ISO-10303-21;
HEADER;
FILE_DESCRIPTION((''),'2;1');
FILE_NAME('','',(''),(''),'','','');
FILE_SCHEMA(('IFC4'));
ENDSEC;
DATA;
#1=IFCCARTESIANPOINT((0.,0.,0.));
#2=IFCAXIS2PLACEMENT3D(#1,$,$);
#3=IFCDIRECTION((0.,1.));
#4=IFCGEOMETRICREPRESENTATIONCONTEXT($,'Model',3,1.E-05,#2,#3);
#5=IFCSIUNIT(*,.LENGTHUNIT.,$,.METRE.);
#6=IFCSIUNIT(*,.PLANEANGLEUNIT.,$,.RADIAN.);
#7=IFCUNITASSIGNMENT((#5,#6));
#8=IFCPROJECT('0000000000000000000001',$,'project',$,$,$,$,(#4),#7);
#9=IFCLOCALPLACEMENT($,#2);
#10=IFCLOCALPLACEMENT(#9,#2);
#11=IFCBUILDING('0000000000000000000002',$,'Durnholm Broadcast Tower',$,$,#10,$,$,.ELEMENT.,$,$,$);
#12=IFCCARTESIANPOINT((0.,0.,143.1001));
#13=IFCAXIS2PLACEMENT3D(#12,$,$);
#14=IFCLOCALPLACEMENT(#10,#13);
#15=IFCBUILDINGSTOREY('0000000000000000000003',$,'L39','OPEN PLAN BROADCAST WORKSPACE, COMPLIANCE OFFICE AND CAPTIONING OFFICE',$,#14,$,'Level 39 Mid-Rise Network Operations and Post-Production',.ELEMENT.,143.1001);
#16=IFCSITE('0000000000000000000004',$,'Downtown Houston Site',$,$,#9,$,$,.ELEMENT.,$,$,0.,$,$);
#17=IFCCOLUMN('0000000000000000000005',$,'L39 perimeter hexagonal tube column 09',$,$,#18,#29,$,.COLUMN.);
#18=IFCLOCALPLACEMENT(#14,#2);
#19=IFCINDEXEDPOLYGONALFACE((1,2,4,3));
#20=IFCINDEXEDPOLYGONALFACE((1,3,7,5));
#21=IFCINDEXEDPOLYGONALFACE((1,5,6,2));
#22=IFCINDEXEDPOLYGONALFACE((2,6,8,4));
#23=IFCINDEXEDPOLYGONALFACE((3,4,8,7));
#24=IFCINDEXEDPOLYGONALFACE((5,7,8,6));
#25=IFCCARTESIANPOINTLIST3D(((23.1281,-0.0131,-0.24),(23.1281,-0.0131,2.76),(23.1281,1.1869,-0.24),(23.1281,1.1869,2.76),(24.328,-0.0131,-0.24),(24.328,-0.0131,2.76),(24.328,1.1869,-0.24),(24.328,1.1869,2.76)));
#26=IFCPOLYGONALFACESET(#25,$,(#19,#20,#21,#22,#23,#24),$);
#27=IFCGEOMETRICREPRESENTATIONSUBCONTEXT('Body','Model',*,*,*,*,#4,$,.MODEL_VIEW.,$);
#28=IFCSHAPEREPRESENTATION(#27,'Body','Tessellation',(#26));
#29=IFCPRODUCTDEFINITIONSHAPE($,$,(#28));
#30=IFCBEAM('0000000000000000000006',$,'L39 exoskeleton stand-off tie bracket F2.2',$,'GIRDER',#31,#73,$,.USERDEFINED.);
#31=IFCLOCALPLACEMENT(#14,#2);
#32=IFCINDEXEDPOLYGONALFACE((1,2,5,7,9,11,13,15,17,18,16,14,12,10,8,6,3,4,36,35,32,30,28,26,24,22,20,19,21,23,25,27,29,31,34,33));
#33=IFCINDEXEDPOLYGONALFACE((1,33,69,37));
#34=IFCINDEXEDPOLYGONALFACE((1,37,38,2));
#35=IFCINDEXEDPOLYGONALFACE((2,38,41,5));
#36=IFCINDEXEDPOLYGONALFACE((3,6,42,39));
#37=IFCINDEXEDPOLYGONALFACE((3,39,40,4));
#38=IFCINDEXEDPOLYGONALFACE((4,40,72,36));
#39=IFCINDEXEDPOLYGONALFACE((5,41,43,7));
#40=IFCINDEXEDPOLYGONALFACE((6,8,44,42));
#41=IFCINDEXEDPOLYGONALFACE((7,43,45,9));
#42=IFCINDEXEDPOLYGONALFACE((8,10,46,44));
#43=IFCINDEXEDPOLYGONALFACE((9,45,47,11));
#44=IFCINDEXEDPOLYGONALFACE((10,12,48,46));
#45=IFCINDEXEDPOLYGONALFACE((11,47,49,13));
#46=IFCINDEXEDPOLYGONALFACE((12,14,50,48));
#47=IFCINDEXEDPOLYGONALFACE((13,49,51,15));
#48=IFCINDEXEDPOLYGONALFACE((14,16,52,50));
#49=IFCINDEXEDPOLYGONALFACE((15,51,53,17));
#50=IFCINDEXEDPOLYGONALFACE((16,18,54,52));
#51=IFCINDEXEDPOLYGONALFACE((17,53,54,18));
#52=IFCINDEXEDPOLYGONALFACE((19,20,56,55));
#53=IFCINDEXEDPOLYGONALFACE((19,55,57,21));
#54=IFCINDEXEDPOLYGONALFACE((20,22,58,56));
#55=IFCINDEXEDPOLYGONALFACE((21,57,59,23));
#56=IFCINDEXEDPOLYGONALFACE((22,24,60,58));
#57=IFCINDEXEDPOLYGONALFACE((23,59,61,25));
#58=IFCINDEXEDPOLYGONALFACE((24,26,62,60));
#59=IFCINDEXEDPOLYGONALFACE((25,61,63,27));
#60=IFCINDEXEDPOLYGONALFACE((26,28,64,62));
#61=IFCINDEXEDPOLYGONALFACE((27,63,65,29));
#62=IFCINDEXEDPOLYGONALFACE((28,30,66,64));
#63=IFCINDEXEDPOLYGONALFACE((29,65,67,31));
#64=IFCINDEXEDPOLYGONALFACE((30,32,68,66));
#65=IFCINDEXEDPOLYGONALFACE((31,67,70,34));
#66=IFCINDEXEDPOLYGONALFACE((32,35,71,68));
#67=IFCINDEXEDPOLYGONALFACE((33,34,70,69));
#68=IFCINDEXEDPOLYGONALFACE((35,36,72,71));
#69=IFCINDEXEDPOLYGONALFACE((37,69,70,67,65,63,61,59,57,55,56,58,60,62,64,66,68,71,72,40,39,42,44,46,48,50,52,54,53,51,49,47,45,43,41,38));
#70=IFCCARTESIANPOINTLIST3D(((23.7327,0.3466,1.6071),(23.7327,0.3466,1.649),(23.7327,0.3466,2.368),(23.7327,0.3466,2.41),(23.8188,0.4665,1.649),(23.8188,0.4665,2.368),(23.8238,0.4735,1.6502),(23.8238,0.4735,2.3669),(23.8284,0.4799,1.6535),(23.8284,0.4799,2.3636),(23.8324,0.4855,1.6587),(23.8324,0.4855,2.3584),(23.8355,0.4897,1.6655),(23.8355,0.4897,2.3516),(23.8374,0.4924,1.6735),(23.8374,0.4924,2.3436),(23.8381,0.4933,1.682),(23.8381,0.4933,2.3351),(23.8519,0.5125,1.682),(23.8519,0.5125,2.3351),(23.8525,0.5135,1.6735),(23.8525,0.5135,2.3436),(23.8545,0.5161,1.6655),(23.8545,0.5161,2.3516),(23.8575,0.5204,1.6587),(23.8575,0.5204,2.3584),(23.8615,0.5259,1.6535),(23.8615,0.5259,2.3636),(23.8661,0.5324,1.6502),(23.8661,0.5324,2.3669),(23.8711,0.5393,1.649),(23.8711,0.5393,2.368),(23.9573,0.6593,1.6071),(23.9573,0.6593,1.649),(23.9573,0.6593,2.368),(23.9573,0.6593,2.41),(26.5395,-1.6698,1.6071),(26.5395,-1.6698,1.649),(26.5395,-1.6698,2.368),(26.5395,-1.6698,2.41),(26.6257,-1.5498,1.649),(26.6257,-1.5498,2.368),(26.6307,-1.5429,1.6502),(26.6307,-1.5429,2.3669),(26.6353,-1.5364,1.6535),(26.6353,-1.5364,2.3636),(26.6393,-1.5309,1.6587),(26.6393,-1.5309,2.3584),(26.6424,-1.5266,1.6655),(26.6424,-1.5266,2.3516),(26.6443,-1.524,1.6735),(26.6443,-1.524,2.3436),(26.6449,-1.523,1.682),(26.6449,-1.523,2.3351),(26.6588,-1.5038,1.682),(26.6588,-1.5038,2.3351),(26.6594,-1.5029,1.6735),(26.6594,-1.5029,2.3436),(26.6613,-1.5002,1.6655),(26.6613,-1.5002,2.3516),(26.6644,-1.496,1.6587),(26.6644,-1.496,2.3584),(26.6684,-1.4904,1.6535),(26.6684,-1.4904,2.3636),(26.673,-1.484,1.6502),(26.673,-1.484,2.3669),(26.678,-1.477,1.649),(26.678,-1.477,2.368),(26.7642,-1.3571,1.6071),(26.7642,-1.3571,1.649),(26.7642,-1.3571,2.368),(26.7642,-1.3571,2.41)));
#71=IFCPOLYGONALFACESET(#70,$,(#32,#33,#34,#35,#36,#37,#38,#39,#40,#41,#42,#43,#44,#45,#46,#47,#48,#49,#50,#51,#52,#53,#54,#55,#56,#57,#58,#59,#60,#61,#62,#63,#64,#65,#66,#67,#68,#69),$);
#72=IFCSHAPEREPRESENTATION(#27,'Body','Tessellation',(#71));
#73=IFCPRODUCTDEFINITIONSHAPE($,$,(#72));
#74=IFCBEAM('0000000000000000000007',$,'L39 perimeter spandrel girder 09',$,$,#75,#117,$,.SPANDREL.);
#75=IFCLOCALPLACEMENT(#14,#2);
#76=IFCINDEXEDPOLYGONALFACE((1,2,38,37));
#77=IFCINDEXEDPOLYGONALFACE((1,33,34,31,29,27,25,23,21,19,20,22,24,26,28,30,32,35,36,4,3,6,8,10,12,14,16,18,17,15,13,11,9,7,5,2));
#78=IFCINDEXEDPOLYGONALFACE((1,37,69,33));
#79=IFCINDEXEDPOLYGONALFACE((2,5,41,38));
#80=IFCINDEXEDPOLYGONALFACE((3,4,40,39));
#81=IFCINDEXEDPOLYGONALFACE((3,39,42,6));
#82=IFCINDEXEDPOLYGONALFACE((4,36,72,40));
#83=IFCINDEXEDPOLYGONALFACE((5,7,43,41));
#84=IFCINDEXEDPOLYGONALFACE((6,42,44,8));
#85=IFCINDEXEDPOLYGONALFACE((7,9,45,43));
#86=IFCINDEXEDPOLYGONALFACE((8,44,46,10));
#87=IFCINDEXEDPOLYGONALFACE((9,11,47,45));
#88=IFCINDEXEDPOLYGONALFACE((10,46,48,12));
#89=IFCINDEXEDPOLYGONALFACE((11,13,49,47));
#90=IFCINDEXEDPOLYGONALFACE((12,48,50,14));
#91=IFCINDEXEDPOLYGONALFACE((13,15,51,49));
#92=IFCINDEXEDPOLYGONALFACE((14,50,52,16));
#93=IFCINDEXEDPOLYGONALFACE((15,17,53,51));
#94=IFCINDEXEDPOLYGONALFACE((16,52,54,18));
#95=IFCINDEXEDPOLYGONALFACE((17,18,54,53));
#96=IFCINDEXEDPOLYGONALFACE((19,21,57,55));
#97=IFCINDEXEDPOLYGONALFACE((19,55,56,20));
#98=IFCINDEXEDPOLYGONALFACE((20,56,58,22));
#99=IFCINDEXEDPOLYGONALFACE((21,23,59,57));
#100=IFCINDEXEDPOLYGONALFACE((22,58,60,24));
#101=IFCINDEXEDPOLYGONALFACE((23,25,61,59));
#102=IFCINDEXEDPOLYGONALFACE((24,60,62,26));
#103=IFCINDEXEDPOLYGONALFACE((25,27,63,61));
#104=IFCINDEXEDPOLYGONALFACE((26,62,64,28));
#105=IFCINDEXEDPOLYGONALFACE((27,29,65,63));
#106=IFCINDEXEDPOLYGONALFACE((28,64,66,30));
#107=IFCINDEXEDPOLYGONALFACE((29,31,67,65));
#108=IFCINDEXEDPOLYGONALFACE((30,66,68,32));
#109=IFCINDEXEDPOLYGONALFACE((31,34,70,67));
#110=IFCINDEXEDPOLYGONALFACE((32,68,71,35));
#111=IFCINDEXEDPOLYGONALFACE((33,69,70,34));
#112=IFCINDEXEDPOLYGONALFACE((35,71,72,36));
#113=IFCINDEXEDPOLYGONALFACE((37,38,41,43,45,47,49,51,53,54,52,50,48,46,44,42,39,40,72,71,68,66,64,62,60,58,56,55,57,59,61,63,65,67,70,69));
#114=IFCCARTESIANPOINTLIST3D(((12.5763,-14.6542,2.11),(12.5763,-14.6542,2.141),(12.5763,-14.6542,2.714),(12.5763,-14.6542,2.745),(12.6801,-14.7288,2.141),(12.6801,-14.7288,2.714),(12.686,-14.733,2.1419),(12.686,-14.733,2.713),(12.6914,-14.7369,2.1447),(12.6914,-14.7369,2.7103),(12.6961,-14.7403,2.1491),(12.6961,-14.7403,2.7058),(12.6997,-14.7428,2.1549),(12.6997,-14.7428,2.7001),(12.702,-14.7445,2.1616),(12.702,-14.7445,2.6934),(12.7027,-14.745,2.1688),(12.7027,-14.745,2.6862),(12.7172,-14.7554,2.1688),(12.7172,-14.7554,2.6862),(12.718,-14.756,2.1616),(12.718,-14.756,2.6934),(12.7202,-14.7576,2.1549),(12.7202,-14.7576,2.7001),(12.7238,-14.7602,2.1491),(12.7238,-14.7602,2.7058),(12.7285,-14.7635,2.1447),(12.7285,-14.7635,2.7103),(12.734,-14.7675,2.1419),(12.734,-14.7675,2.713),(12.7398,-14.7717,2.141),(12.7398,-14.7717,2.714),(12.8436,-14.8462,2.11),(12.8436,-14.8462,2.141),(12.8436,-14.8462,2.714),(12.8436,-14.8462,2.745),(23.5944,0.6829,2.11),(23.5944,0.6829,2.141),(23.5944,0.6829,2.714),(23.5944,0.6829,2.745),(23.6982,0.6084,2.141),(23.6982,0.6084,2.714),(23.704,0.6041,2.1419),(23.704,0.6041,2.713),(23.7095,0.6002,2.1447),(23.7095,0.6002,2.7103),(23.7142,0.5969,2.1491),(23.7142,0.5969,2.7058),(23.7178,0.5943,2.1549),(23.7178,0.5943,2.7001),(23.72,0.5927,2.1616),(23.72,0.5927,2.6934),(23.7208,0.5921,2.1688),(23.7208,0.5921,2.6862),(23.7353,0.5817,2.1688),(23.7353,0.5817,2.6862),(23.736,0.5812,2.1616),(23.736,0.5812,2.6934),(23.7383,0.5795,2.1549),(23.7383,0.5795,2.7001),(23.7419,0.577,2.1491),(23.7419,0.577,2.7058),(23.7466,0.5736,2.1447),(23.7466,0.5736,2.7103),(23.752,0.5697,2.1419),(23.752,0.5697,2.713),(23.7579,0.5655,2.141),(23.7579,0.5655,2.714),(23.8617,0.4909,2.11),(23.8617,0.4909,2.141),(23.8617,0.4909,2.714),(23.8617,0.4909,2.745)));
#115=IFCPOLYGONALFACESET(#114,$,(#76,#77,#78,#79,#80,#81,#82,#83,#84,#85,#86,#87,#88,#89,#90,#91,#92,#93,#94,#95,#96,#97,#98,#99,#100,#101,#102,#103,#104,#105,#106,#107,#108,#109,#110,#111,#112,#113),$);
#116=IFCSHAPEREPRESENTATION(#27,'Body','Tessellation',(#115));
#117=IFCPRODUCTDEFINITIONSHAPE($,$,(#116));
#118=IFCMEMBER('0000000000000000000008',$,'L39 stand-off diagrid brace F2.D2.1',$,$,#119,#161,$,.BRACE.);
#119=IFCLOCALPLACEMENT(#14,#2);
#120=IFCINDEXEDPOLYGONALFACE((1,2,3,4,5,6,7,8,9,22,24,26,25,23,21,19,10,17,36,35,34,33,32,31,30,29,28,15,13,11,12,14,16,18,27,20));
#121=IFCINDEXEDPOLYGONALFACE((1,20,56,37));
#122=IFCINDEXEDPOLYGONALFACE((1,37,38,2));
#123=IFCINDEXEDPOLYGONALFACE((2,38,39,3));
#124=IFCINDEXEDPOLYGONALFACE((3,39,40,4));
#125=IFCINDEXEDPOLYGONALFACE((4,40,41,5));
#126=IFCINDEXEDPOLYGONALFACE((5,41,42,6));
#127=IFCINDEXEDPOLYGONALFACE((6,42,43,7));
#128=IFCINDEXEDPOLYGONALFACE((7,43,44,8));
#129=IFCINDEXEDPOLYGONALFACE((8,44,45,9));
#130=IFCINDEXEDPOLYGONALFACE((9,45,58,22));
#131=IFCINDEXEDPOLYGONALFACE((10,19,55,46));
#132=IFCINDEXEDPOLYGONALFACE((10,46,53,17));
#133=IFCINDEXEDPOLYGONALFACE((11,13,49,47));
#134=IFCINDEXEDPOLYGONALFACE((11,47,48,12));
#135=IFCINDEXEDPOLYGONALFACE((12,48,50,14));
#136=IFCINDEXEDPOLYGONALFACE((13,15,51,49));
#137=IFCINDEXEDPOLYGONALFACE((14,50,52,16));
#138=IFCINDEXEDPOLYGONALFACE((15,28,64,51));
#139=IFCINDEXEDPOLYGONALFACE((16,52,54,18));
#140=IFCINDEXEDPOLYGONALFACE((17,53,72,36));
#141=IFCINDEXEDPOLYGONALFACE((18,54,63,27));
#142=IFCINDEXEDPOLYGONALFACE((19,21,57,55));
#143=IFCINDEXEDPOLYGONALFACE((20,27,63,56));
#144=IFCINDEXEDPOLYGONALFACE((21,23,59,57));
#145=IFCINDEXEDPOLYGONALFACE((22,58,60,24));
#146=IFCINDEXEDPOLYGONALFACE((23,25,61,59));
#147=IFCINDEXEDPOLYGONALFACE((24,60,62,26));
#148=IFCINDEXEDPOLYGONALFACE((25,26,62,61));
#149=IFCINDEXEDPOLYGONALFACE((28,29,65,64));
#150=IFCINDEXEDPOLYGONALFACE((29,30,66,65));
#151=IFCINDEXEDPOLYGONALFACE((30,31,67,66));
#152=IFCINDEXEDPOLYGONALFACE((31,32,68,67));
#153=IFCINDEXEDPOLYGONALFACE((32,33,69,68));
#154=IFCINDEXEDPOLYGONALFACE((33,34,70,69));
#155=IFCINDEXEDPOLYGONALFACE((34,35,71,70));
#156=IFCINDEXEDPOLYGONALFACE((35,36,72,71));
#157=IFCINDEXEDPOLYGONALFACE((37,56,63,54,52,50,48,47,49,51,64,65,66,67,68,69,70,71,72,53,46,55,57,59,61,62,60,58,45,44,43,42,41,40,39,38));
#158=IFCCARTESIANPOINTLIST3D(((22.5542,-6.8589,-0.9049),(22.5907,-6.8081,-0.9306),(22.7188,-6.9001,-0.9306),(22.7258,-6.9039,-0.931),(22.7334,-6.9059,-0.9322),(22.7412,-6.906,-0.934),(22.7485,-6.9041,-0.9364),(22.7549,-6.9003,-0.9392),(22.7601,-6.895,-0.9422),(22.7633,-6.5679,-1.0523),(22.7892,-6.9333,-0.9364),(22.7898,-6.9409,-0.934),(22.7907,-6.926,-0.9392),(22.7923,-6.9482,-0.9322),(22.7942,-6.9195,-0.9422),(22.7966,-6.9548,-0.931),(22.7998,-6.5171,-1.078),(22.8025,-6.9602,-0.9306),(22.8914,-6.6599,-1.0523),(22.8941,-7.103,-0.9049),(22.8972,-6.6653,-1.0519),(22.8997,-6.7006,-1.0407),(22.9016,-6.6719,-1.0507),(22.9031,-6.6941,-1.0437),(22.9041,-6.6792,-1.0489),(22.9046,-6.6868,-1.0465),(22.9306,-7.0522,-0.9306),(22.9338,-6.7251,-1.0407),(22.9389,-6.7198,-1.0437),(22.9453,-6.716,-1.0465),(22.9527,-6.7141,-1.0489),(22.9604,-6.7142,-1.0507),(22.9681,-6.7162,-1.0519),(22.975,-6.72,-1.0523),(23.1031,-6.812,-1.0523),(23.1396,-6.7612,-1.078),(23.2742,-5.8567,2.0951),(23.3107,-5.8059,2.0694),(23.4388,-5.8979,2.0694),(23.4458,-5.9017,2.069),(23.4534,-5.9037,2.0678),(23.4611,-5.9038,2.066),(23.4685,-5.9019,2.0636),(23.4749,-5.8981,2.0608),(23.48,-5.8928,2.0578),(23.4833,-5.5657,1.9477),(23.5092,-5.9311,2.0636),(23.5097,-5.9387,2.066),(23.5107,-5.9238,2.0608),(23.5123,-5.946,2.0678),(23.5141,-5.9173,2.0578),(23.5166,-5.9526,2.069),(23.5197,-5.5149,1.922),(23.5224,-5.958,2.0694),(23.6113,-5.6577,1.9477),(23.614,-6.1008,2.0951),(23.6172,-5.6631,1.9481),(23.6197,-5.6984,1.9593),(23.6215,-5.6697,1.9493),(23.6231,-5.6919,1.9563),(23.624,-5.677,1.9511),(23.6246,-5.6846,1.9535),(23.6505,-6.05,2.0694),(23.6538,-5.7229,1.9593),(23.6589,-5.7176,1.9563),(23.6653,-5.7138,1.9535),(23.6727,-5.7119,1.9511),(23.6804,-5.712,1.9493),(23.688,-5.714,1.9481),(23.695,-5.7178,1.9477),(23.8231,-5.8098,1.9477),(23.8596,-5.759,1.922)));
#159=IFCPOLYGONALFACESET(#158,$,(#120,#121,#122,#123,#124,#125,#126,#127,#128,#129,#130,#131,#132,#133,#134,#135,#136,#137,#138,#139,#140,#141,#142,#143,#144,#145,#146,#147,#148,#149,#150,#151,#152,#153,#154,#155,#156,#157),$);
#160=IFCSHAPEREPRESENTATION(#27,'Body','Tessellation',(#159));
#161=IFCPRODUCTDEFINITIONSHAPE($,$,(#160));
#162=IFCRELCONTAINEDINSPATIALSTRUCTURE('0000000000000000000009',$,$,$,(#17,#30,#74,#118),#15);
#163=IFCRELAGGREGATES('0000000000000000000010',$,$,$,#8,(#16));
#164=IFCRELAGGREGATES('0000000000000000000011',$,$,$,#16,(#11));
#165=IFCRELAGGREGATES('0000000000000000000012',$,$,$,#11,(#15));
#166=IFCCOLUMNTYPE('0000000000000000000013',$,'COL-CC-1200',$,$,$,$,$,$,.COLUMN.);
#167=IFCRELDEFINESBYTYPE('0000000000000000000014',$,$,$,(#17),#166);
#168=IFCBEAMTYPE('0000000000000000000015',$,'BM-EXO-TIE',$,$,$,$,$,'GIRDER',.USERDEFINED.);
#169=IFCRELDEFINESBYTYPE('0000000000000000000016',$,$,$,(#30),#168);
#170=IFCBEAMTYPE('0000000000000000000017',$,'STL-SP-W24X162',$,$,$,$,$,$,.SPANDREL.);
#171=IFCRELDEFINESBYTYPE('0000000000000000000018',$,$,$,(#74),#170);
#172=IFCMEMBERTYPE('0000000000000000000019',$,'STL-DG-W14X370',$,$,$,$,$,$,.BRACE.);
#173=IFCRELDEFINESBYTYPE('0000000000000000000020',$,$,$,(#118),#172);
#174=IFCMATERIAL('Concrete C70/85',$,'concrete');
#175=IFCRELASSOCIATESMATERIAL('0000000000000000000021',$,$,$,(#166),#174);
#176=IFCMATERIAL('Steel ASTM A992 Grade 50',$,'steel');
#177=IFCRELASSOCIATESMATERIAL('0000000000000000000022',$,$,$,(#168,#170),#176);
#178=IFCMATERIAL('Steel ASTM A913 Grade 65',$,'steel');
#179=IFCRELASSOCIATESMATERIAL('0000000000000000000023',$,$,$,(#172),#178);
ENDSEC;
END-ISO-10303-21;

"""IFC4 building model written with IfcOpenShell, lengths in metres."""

from ifc_helpers import new_model, si_unit, direction, frame, origin, origin_2d, place, context, subcontext, project, spatial, rectangle, i_section, extrude, source, transform, mapped, material, material_profile, profile_set, type_object, type_shapes, element, save


model = new_model("IFC4")

# Units and contexts
model_context = context("Model", 3, precision=1e-05, world=origin(), true_north=direction((0.0, 1.0)))
body_context = subcontext(model_context, "Body", "Model", "MODEL_VIEW")
ifc_project = project(units=[si_unit("LENGTHUNIT", "METRE"), si_unit("PLANEANGLEUNIT", "RADIAN")], contexts=[model_context])

# Site, building, storey
site_placement = place(None, origin())
site = spatial("IfcSite", under=ifc_project, at=site_placement, Name="Downtown Houston Site", CompositionType="ELEMENT", RefElevation=0.0)
building_placement = place(site_placement, origin())
building = spatial("IfcBuilding", under=site, at=building_placement, Name="Durnholm Broadcast Tower", CompositionType="ELEMENT")
storey_placement = place(building_placement, frame((0.0, 0.0, 143.1001)))
storey = spatial("IfcBuildingStorey", under=building, at=storey_placement, Name="L39", Description="OPEN PLAN BROADCAST WORKSPACE, COMPLIANCE OFFICE AND CAPTIONING OFFICE", LongName="Level 39 Mid-Rise Network Operations and Post-Production", CompositionType="ELEMENT", Elevation=143.1001)

# Column
ifc_material_1 = material(Name="Concrete C70/85", Category="concrete")
ifc_material_profile_1 = material_profile(ifc_material_1, rectangle(XDim=1.2, YDim=1.2, at=origin_2d()), Name="RC1200X1200")
ifc_profile_set_1 = profile_set([ifc_material_profile_1], Name="Concrete C70/85")
column_type = type_object("IfcColumnType", Name="COL-CC-1200", PredefinedType="COLUMN", material=ifc_profile_set_1)
shared_shape_1 = source(origin(), body_context, "Body", "SweptSolid", [
    extrude(rectangle(XDim=1.2, YDim=1.2, at=origin_2d()), origin(), (0.0, 0.0, 1.0), 3.0),
])
type_shapes(column_type, [shared_shape_1])
column_placement = place(storey_placement, frame((23.728, 0.5869, -0.24), z_axis=(0.0, 0.0, 1.0), x_axis=(1.0, 0.0, 0.0)))
element("IfcColumn", 1, at=column_placement, inside=storey, type_object=column_type, Name="L39 perimeter hexagonal tube column 09", PredefinedType="COLUMN", context=body_context, shape_type="MappedRepresentation", body=[
    mapped(shared_shape_1, transform((0.0, 0.0, 0.0), x_axis=(1.0, 0.0, 0.0), y_axis=(0.0, 1.0, 0.0), z_axis=(0.0, 0.0, 1.0), scale=1.0)),
])

# Beams
ifc_material_2 = material(Name="Steel ASTM A992 Grade 50", Category="steel")
ifc_material_profile_2 = material_profile(ifc_material_2, i_section(OverallWidth=0.385, OverallDepth=0.803, WebThickness=0.0237, FlangeThickness=0.042, FilletRadius=0.033, at=origin_2d()), Name="W30X261")
ifc_profile_set_2 = profile_set([ifc_material_profile_2], Name="Steel ASTM A992 Grade 50")
beam_type_1 = type_object("IfcBeamType", Name="BM-EXO-TIE", ElementType="GIRDER", PredefinedType="USERDEFINED", material=ifc_profile_set_2)
shared_shape_2 = source(origin(), body_context, "Body", "SweptSolid", [
    extrude(i_section(OverallWidth=0.385, OverallDepth=0.803, WebThickness=0.0237, FlangeThickness=0.042, FilletRadius=0.033, at=origin_2d()), origin(), (0.0, 0.0, 1.0), 3.4561),
])
type_shapes(beam_type_1, [shared_shape_2])
beam_1_placement = place(storey_placement, frame((23.845, 0.5029, 2.0085), z_axis=(0.812165, -0.583428, 0.0), x_axis=(0.583428, 0.812165, 0.0)))
element("IfcBeam", 2, at=beam_1_placement, inside=storey, type_object=beam_type_1, Name="L39 exoskeleton stand-off tie bracket F2.2", ObjectType="GIRDER", PredefinedType="USERDEFINED", context=body_context, shape_type="MappedRepresentation", body=[
    mapped(shared_shape_2, transform((0.0, 0.0, 0.0), x_axis=(1.0, 0.0, 0.0), y_axis=(0.0, 1.0, 0.0), z_axis=(0.0, 0.0, 1.0), scale=1.0)),
])
ifc_material_profile_3 = material_profile(ifc_material_2, i_section(OverallWidth=0.3291, OverallDepth=0.635, WebThickness=0.0178, FlangeThickness=0.031, FilletRadius=0.0278, at=origin_2d()), Name="W24X162")
ifc_profile_set_3 = profile_set([ifc_material_profile_3], Name="Steel ASTM A992 Grade 50")
beam_type_2 = type_object("IfcBeamType", Name="STL-SP-W24X162", PredefinedType="SPANDREL", material=ifc_profile_set_3)
shared_shape_3 = source(origin(), body_context, "Body", "SweptSolid", [
    extrude(i_section(OverallWidth=0.3291, OverallDepth=0.635, WebThickness=0.0178, FlangeThickness=0.031, FilletRadius=0.0278, at=origin_2d()), origin(), (0.0, 0.0, 1.0), 18.8845),
])
type_shapes(beam_type_2, [shared_shape_3])
beam_2_placement = place(storey_placement, frame((23.728, 0.5869, 2.4275), z_axis=(-0.583443, -0.812154, 0.0), x_axis=(0.812154, -0.583443, 0.0)))
element("IfcBeam", 3, at=beam_2_placement, inside=storey, type_object=beam_type_2, Name="L39 perimeter spandrel girder 09", PredefinedType="SPANDREL", context=body_context, shape_type="MappedRepresentation", body=[
    mapped(shared_shape_3, transform((0.0, 0.0, 0.0), x_axis=(1.0, 0.0, 0.0), y_axis=(0.0, 1.0, 0.0), z_axis=(0.0, 0.0, 1.0), scale=1.0)),
])

# Member
ifc_material_3 = material(Name="Steel ASTM A913 Grade 65", Category="steel")
ifc_material_profile_4 = material_profile(ifc_material_3, i_section(OverallWidth=0.4185, OverallDepth=0.4551, WebThickness=0.042, FlangeThickness=0.0676, FilletRadius=0.0305, at=origin_2d()), Name="W14X370")
ifc_profile_set_4 = profile_set([ifc_material_profile_4], Name="Steel ASTM A913 Grade 65")
member_type_1 = type_object("IfcMemberType", Name="STL-DG-W14X370", PredefinedType="BRACE", material=ifc_profile_set_4)
shared_shape_4 = source(origin(), body_context, "Body", "SweptSolid", [
    extrude(i_section(OverallWidth=0.4185, OverallDepth=0.4551, WebThickness=0.042, FlangeThickness=0.0676, FilletRadius=0.0305, at=origin_2d()), origin(), (0.0, 0.0, 1.0), 3.2439),
])
member_1_placement = place(storey_placement, frame((22.8469, -6.8101, -0.9915), z_axis=(0.221947, 0.30895, 0.924818), x_axis=(-0.812153, 0.583444, 0.0)))
element("IfcMember", 4, at=member_1_placement, inside=storey, type_object=member_type_1, Name="L39 stand-off diagrid brace F2.D2.1", PredefinedType="BRACE", context=body_context, shape_type="MappedRepresentation", body=[
    mapped(shared_shape_4, transform((0.0, 0.0, 0.0), x_axis=(1.0, 0.0, 0.0), y_axis=(0.0, 1.0, 0.0), z_axis=(0.0, 0.0, 1.0), scale=1.0)),
])

save(model, "model.ifc")
